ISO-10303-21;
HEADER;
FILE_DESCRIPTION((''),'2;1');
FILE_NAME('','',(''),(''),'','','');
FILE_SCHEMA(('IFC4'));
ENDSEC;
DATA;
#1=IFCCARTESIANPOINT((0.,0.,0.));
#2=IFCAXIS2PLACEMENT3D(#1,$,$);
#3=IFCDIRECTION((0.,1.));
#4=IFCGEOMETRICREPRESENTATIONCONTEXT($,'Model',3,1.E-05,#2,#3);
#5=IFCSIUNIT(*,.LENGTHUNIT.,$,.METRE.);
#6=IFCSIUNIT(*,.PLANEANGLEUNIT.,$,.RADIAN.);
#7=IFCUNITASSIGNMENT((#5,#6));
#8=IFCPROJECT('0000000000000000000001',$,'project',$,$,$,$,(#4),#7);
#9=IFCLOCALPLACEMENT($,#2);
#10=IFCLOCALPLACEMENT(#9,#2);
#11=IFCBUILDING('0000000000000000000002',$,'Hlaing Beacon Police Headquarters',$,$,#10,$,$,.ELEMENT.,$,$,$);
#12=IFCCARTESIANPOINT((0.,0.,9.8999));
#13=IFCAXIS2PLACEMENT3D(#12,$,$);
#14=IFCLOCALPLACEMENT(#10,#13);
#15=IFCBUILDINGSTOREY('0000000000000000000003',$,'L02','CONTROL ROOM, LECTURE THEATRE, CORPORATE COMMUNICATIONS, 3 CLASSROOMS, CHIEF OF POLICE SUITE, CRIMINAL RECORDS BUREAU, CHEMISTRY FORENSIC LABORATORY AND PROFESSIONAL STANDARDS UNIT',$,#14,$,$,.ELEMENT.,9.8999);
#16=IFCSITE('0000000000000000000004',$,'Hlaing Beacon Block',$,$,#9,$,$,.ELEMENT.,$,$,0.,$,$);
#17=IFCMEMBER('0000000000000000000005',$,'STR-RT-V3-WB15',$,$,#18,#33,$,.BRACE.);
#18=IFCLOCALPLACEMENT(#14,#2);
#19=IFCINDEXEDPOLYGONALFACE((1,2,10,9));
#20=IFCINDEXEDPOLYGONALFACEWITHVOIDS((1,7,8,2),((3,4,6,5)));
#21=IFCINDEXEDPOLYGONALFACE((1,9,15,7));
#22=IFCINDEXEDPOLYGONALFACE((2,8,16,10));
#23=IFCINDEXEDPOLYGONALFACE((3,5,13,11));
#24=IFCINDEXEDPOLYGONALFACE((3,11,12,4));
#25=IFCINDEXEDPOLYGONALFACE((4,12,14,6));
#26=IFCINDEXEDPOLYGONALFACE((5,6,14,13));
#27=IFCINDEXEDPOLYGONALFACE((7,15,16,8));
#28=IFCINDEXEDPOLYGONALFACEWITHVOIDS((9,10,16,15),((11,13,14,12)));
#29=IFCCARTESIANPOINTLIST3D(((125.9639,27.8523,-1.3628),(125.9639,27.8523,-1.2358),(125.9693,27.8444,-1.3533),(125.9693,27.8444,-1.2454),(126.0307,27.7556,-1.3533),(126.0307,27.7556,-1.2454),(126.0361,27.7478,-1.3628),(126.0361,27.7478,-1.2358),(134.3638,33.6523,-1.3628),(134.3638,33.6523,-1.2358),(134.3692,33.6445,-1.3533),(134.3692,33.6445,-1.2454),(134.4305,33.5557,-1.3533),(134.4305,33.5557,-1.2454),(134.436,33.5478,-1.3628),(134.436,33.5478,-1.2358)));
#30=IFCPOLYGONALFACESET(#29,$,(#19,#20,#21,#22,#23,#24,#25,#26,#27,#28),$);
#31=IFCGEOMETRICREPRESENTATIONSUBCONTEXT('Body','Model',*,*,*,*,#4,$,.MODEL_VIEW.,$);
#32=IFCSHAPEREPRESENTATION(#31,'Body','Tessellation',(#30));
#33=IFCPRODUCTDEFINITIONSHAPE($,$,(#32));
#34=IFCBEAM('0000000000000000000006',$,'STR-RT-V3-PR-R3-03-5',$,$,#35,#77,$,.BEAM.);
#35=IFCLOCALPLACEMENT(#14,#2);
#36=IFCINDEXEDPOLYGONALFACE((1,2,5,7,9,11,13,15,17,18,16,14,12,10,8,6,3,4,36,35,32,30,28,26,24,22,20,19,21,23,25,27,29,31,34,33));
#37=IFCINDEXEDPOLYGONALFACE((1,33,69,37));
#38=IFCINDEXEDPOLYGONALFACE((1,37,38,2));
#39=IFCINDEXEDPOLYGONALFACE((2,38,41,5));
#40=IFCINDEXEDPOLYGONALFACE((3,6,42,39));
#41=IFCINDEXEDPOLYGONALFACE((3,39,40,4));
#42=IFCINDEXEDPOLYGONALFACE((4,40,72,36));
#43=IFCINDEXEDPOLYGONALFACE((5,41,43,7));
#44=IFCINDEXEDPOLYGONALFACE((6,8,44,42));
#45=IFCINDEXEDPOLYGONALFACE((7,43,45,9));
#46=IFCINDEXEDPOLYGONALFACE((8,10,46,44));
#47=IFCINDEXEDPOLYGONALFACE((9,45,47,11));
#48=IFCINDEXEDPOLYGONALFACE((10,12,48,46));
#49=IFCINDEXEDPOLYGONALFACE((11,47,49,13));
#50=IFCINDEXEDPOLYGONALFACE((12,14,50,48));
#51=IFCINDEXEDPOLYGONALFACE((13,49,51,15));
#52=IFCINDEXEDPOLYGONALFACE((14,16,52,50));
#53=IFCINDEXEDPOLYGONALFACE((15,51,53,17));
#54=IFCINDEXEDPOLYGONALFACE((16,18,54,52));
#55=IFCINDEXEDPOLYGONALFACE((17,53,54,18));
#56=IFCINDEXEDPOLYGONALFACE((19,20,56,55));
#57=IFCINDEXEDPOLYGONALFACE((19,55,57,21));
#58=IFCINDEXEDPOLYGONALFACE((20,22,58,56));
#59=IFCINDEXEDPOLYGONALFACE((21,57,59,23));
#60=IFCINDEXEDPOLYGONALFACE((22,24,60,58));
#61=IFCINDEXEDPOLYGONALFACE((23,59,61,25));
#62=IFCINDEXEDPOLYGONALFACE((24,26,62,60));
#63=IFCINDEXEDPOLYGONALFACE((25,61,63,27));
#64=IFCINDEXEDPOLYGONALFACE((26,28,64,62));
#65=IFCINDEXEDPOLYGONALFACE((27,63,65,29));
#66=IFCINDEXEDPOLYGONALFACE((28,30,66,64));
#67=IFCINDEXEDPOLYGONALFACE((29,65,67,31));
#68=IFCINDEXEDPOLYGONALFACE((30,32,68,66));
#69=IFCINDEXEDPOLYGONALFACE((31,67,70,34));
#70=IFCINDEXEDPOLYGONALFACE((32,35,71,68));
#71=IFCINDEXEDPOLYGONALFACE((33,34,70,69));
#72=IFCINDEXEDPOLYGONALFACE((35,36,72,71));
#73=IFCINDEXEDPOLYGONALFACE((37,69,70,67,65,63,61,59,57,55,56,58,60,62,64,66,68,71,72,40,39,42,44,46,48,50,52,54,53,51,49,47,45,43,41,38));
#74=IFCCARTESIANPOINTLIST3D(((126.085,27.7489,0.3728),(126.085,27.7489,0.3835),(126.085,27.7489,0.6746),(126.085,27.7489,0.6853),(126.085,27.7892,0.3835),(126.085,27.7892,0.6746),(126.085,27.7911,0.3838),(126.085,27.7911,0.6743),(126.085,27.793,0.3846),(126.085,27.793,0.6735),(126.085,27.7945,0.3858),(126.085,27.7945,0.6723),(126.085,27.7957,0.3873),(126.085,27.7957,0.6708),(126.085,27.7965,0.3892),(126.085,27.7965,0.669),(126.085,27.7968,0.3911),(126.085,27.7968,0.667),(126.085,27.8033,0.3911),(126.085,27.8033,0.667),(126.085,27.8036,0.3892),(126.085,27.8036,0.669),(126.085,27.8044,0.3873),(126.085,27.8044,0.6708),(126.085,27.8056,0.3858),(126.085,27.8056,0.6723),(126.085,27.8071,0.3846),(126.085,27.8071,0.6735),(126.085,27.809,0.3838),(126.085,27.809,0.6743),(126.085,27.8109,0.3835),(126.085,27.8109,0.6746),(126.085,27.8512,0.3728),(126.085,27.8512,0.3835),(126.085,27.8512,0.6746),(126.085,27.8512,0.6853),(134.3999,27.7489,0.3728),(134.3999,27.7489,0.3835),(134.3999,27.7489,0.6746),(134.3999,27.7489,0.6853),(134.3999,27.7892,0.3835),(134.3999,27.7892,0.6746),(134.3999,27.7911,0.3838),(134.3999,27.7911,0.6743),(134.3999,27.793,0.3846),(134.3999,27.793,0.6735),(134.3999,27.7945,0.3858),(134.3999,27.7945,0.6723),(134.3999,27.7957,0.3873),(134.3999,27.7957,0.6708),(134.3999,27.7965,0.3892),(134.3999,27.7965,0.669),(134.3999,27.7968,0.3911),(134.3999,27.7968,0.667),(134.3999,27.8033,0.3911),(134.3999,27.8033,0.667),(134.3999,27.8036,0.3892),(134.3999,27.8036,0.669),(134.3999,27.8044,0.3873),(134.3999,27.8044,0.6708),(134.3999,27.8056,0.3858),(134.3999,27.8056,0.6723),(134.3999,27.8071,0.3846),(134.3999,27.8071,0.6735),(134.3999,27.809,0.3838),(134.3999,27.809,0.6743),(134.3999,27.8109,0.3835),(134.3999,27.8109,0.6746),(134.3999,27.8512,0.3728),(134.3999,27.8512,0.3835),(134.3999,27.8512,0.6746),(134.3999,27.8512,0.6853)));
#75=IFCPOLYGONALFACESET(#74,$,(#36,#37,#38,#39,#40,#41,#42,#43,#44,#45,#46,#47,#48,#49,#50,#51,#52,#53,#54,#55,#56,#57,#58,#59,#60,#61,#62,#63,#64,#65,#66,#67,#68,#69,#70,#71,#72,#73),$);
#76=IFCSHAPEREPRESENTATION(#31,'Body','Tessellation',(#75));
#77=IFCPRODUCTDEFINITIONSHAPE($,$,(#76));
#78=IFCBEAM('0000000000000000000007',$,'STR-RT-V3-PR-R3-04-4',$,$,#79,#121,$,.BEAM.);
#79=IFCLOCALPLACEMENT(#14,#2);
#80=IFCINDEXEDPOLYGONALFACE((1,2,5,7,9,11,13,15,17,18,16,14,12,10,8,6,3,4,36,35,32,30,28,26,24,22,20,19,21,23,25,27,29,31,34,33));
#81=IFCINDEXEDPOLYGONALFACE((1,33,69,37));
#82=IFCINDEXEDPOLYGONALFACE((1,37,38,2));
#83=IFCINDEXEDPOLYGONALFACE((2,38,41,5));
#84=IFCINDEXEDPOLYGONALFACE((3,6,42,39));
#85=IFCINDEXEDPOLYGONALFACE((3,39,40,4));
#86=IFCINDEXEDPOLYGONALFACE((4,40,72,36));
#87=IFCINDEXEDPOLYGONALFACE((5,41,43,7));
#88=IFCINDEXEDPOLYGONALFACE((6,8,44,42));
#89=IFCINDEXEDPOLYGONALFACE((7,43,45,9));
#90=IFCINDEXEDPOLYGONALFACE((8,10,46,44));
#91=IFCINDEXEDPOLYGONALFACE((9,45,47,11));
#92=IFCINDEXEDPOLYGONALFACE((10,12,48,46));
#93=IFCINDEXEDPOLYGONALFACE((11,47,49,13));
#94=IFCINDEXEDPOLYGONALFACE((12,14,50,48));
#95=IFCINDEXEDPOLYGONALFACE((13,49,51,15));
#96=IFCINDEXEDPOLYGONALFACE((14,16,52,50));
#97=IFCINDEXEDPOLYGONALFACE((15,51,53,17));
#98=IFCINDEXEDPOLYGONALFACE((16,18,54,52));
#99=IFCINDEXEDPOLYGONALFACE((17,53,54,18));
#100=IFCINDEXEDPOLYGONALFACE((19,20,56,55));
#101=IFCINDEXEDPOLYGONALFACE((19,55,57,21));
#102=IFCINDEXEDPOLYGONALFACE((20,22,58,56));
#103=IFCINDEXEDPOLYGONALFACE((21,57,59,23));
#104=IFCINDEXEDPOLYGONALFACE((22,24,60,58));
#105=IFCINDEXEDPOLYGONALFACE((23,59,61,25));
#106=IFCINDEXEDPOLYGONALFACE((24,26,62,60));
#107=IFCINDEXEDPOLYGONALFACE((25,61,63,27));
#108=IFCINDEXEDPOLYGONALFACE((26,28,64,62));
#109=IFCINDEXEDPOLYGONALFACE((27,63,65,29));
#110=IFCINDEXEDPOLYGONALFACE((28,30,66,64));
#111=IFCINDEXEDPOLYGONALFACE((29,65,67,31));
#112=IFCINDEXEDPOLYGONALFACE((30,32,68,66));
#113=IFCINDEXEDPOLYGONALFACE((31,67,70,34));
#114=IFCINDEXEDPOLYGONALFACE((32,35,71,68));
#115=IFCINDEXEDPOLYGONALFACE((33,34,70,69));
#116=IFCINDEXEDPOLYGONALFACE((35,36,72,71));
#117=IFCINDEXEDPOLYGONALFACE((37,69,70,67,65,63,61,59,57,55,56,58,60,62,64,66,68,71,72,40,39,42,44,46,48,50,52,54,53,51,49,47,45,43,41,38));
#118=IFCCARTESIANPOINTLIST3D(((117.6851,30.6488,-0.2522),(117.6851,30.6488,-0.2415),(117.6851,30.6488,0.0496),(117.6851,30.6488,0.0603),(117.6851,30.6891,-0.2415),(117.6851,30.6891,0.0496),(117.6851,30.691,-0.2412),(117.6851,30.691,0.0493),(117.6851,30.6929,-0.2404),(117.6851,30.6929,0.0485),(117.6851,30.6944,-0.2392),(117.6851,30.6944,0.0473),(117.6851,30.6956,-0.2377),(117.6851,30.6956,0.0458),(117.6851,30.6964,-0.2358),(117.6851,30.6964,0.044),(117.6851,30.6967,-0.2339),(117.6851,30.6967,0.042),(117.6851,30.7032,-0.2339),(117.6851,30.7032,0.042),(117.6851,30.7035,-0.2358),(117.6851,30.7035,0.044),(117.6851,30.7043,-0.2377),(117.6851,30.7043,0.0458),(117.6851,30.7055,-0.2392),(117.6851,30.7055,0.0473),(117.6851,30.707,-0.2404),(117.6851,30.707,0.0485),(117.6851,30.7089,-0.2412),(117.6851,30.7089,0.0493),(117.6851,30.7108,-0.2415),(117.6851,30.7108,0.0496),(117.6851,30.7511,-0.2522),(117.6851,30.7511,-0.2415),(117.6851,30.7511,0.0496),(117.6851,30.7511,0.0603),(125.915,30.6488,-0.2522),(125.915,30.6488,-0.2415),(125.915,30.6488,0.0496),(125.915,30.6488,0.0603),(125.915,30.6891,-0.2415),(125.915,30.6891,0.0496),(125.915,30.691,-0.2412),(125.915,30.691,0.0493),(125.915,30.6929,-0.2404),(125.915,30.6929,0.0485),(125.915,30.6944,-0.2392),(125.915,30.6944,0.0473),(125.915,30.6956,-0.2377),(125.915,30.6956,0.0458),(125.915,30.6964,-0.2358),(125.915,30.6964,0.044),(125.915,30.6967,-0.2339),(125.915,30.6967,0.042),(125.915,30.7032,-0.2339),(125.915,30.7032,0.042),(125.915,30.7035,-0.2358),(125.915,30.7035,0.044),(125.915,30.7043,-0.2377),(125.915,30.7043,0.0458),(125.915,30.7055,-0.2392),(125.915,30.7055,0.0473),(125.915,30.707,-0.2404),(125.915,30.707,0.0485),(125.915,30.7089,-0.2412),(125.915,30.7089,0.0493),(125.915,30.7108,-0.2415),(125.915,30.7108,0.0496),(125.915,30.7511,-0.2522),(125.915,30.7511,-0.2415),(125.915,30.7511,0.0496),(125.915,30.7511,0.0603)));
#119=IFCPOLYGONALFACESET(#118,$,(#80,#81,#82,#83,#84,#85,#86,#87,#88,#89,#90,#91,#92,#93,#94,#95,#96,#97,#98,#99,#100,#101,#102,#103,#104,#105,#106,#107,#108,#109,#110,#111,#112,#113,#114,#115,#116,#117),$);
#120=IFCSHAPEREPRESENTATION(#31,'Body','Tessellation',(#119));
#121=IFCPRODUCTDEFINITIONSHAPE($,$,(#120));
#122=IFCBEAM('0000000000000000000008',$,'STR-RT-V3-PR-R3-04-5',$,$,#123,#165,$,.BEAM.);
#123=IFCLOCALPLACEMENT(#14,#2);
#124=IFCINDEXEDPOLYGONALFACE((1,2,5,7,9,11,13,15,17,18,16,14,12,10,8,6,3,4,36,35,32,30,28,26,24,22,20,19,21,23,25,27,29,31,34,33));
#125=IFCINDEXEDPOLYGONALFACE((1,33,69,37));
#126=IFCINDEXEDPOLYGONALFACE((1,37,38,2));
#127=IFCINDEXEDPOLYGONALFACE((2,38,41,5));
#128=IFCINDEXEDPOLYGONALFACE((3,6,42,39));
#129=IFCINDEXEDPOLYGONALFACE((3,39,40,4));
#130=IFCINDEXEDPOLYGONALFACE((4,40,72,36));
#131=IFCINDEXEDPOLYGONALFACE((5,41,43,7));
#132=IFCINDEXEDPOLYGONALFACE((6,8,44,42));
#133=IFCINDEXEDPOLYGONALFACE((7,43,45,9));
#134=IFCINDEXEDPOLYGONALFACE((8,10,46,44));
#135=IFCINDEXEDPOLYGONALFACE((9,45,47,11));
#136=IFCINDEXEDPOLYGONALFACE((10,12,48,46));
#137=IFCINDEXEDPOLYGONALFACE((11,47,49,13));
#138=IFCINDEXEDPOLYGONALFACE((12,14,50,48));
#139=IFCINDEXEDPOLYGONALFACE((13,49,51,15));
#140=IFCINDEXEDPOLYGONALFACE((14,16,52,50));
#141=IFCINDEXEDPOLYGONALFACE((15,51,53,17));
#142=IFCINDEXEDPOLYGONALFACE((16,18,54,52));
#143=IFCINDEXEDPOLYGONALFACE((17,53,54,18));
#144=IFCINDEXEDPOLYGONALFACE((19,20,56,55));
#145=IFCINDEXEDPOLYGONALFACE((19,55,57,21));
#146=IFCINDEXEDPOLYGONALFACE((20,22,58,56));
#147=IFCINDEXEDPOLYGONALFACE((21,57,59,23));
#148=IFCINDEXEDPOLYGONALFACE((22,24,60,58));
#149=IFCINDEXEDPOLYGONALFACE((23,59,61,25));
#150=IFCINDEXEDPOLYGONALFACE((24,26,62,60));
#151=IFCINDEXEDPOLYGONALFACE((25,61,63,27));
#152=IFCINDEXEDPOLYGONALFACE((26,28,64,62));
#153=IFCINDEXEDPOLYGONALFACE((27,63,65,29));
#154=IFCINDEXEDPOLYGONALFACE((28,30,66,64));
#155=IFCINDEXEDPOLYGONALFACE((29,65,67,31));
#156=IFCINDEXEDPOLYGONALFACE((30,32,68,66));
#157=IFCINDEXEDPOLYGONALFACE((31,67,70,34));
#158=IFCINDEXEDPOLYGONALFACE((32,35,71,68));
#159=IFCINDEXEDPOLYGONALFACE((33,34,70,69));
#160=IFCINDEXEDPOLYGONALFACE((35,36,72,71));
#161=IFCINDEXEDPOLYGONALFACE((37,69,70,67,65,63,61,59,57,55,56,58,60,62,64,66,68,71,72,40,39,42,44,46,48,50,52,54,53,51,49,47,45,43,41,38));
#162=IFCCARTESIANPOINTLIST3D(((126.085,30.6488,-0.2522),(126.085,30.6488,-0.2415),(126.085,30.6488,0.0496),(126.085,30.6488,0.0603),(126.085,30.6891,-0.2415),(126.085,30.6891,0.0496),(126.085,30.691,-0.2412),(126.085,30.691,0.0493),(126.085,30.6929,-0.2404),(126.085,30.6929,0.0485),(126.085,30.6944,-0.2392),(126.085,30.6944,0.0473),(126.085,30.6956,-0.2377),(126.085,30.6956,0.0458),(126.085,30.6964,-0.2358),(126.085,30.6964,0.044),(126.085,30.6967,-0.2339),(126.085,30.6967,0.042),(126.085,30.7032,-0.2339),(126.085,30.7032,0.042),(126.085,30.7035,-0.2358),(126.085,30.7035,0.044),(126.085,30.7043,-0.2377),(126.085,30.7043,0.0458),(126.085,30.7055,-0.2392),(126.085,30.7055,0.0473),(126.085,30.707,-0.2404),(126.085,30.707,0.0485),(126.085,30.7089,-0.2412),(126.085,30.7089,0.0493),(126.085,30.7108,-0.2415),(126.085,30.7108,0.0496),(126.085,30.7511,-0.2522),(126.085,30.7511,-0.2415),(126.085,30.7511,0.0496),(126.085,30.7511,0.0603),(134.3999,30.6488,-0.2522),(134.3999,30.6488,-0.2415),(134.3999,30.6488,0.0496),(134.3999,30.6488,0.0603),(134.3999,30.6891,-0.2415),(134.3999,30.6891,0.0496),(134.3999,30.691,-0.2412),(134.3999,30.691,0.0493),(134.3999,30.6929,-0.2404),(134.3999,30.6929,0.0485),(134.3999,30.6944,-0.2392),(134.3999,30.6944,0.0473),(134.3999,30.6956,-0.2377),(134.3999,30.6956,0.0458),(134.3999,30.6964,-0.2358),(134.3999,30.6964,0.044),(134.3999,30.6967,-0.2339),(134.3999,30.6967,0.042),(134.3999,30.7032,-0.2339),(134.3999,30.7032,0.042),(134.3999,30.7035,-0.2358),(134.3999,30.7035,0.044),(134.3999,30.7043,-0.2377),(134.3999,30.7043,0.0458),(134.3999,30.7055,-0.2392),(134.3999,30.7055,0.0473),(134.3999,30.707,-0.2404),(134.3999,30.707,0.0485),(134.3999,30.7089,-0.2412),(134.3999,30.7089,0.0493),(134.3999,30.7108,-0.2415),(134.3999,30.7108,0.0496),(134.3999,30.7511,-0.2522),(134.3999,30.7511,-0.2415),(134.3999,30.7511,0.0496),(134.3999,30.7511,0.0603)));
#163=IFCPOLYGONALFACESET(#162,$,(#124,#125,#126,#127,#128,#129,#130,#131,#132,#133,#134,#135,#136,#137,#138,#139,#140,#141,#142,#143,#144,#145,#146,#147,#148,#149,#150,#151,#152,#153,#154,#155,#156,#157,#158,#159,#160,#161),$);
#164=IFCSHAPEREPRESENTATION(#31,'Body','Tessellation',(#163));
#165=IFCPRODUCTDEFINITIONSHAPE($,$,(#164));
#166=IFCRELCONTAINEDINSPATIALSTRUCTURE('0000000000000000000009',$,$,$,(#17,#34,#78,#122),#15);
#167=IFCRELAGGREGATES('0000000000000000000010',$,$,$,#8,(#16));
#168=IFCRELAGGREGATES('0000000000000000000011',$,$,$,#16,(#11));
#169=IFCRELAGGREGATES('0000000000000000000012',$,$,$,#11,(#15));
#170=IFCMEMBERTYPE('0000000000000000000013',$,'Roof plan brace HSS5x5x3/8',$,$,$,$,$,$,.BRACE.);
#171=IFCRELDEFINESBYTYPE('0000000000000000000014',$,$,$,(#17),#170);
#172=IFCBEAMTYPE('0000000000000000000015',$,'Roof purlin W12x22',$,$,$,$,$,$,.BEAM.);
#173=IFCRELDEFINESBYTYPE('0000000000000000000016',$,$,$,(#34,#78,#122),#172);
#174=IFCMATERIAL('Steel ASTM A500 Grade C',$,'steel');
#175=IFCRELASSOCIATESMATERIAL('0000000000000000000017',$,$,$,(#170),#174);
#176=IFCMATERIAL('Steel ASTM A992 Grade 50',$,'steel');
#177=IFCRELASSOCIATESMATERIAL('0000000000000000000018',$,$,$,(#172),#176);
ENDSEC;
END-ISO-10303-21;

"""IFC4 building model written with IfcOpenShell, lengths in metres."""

from ifc_helpers import new_model, si_unit, direction, frame, origin, origin_2d, place, context, subcontext, project, spatial, hollow_rectangle, i_section, extrude, material, material_profile, profile_set, type_object, element, save


model = new_model("IFC4")

# Units and contexts
model_context = context("Model", 3, precision=1e-05, world=origin(), true_north=direction((0.0, 1.0)))
body_context = subcontext(model_context, "Body", "Model", "MODEL_VIEW")
ifc_project = project(units=[si_unit("LENGTHUNIT", "METRE"), si_unit("PLANEANGLEUNIT", "RADIAN")], contexts=[model_context])

# Site, building, storey
site_placement = place(None, origin())
site = spatial("IfcSite", under=ifc_project, at=site_placement, Name="Hlaing Beacon Block", CompositionType="ELEMENT", RefElevation=0.0)
building_placement = place(site_placement, origin())
building = spatial("IfcBuilding", under=site, at=building_placement, Name="Hlaing Beacon Police Headquarters", CompositionType="ELEMENT")
storey_placement = place(building_placement, frame((0.0, 0.0, 9.8999)))
storey = spatial("IfcBuildingStorey", under=building, at=storey_placement, Name="L02", Description="CONTROL ROOM, LECTURE THEATRE, CORPORATE COMMUNICATIONS, 3 CLASSROOMS, CHIEF OF POLICE SUITE, CRIMINAL RECORDS BUREAU, CHEMISTRY FORENSIC LABORATORY AND PROFESSIONAL STANDARDS UNIT", CompositionType="ELEMENT", Elevation=9.8999)

# Member
ifc_material_1 = material(Name="Steel ASTM A500 Grade C", Category="steel")
ifc_material_profile_1 = material_profile(ifc_material_1, hollow_rectangle(XDim=0.127, YDim=0.127, WallThickness=0.0095, at=origin_2d()), Name="HSS5x5x3/8")
ifc_profile_set_1 = profile_set([ifc_material_profile_1], Name="Steel ASTM A500 Grade C")
member_type_1 = type_object("IfcMemberType", Name="Roof plan brace HSS5x5x3/8", PredefinedType="BRACE", material=ifc_profile_set_1)
member_1_placement = place(storey_placement, frame((126.0, 27.8, -1.2993), z_axis=(0.822892, 0.568198, 0.0), x_axis=(-0.568198, 0.822892, 0.0)))
element("IfcMember", 1, at=member_1_placement, inside=storey, type_object=member_type_1, Name="STR-RT-V3-WB15", PredefinedType="BRACE", context=body_context, shape_type="SweptSolid", body=[
    extrude(hollow_rectangle(XDim=0.127, YDim=0.127, WallThickness=0.0095, at=origin_2d()), origin(), (0.0, 0.0, 1.0), 10.2078),
])

# Beams
ifc_material_2 = material(Name="Steel ASTM A992 Grade 50", Category="steel")
ifc_material_profile_2 = material_profile(ifc_material_2, i_section(OverallWidth=0.1023, OverallDepth=0.3125, WebThickness=0.0066, FlangeThickness=0.0107, FilletRadius=0.0076, at=origin_2d()), Name="W12x22")
ifc_profile_set_2 = profile_set([ifc_material_profile_2], Name="Steel ASTM A992 Grade 50")
beam_type_1 = type_object("IfcBeamType", Name="Roof purlin W12x22", PredefinedType="BEAM", material=ifc_profile_set_2)
beam_1_placement = place(storey_placement, frame((126.085, 27.8, 0.5291), z_axis=(1.0, 0.0, 0.0), x_axis=(0.0, 1.0, 0.0)))
element("IfcBeam", 2, at=beam_1_placement, inside=storey, type_object=beam_type_1, Name="STR-RT-V3-PR-R3-03-5", PredefinedType="BEAM", context=body_context, shape_type="SweptSolid", body=[
    extrude(i_section(OverallWidth=0.1023, OverallDepth=0.3125, WebThickness=0.0066, FlangeThickness=0.0107, FilletRadius=0.0076, at=origin_2d()), origin(), (0.0, 0.0, 1.0), 8.3149),
])
beam_2_placement = place(storey_placement, frame((117.6851, 30.7, -0.0959), z_axis=(1.0, 0.0, 0.0), x_axis=(0.0, 1.0, 0.0)))
element("IfcBeam", 3, at=beam_2_placement, inside=storey, type_object=beam_type_1, Name="STR-RT-V3-PR-R3-04-4", PredefinedType="BEAM", context=body_context, shape_type="SweptSolid", body=[
    extrude(i_section(OverallWidth=0.1023, OverallDepth=0.3125, WebThickness=0.0066, FlangeThickness=0.0107, FilletRadius=0.0076, at=origin_2d()), origin(), (0.0, 0.0, 1.0), 8.23),
])
beam_3_placement = place(storey_placement, frame((126.085, 30.7, -0.0959), z_axis=(1.0, 0.0, 0.0), x_axis=(0.0, 1.0, 0.0)))
element("IfcBeam", 4, at=beam_3_placement, inside=storey, type_object=beam_type_1, Name="STR-RT-V3-PR-R3-04-5", PredefinedType="BEAM", context=body_context, shape_type="SweptSolid", body=[
    extrude(i_section(OverallWidth=0.1023, OverallDepth=0.3125, WebThickness=0.0066, FlangeThickness=0.0107, FilletRadius=0.0076, at=origin_2d()), origin(), (0.0, 0.0, 1.0), 8.3149),
])

save(model, "model.ifc")
